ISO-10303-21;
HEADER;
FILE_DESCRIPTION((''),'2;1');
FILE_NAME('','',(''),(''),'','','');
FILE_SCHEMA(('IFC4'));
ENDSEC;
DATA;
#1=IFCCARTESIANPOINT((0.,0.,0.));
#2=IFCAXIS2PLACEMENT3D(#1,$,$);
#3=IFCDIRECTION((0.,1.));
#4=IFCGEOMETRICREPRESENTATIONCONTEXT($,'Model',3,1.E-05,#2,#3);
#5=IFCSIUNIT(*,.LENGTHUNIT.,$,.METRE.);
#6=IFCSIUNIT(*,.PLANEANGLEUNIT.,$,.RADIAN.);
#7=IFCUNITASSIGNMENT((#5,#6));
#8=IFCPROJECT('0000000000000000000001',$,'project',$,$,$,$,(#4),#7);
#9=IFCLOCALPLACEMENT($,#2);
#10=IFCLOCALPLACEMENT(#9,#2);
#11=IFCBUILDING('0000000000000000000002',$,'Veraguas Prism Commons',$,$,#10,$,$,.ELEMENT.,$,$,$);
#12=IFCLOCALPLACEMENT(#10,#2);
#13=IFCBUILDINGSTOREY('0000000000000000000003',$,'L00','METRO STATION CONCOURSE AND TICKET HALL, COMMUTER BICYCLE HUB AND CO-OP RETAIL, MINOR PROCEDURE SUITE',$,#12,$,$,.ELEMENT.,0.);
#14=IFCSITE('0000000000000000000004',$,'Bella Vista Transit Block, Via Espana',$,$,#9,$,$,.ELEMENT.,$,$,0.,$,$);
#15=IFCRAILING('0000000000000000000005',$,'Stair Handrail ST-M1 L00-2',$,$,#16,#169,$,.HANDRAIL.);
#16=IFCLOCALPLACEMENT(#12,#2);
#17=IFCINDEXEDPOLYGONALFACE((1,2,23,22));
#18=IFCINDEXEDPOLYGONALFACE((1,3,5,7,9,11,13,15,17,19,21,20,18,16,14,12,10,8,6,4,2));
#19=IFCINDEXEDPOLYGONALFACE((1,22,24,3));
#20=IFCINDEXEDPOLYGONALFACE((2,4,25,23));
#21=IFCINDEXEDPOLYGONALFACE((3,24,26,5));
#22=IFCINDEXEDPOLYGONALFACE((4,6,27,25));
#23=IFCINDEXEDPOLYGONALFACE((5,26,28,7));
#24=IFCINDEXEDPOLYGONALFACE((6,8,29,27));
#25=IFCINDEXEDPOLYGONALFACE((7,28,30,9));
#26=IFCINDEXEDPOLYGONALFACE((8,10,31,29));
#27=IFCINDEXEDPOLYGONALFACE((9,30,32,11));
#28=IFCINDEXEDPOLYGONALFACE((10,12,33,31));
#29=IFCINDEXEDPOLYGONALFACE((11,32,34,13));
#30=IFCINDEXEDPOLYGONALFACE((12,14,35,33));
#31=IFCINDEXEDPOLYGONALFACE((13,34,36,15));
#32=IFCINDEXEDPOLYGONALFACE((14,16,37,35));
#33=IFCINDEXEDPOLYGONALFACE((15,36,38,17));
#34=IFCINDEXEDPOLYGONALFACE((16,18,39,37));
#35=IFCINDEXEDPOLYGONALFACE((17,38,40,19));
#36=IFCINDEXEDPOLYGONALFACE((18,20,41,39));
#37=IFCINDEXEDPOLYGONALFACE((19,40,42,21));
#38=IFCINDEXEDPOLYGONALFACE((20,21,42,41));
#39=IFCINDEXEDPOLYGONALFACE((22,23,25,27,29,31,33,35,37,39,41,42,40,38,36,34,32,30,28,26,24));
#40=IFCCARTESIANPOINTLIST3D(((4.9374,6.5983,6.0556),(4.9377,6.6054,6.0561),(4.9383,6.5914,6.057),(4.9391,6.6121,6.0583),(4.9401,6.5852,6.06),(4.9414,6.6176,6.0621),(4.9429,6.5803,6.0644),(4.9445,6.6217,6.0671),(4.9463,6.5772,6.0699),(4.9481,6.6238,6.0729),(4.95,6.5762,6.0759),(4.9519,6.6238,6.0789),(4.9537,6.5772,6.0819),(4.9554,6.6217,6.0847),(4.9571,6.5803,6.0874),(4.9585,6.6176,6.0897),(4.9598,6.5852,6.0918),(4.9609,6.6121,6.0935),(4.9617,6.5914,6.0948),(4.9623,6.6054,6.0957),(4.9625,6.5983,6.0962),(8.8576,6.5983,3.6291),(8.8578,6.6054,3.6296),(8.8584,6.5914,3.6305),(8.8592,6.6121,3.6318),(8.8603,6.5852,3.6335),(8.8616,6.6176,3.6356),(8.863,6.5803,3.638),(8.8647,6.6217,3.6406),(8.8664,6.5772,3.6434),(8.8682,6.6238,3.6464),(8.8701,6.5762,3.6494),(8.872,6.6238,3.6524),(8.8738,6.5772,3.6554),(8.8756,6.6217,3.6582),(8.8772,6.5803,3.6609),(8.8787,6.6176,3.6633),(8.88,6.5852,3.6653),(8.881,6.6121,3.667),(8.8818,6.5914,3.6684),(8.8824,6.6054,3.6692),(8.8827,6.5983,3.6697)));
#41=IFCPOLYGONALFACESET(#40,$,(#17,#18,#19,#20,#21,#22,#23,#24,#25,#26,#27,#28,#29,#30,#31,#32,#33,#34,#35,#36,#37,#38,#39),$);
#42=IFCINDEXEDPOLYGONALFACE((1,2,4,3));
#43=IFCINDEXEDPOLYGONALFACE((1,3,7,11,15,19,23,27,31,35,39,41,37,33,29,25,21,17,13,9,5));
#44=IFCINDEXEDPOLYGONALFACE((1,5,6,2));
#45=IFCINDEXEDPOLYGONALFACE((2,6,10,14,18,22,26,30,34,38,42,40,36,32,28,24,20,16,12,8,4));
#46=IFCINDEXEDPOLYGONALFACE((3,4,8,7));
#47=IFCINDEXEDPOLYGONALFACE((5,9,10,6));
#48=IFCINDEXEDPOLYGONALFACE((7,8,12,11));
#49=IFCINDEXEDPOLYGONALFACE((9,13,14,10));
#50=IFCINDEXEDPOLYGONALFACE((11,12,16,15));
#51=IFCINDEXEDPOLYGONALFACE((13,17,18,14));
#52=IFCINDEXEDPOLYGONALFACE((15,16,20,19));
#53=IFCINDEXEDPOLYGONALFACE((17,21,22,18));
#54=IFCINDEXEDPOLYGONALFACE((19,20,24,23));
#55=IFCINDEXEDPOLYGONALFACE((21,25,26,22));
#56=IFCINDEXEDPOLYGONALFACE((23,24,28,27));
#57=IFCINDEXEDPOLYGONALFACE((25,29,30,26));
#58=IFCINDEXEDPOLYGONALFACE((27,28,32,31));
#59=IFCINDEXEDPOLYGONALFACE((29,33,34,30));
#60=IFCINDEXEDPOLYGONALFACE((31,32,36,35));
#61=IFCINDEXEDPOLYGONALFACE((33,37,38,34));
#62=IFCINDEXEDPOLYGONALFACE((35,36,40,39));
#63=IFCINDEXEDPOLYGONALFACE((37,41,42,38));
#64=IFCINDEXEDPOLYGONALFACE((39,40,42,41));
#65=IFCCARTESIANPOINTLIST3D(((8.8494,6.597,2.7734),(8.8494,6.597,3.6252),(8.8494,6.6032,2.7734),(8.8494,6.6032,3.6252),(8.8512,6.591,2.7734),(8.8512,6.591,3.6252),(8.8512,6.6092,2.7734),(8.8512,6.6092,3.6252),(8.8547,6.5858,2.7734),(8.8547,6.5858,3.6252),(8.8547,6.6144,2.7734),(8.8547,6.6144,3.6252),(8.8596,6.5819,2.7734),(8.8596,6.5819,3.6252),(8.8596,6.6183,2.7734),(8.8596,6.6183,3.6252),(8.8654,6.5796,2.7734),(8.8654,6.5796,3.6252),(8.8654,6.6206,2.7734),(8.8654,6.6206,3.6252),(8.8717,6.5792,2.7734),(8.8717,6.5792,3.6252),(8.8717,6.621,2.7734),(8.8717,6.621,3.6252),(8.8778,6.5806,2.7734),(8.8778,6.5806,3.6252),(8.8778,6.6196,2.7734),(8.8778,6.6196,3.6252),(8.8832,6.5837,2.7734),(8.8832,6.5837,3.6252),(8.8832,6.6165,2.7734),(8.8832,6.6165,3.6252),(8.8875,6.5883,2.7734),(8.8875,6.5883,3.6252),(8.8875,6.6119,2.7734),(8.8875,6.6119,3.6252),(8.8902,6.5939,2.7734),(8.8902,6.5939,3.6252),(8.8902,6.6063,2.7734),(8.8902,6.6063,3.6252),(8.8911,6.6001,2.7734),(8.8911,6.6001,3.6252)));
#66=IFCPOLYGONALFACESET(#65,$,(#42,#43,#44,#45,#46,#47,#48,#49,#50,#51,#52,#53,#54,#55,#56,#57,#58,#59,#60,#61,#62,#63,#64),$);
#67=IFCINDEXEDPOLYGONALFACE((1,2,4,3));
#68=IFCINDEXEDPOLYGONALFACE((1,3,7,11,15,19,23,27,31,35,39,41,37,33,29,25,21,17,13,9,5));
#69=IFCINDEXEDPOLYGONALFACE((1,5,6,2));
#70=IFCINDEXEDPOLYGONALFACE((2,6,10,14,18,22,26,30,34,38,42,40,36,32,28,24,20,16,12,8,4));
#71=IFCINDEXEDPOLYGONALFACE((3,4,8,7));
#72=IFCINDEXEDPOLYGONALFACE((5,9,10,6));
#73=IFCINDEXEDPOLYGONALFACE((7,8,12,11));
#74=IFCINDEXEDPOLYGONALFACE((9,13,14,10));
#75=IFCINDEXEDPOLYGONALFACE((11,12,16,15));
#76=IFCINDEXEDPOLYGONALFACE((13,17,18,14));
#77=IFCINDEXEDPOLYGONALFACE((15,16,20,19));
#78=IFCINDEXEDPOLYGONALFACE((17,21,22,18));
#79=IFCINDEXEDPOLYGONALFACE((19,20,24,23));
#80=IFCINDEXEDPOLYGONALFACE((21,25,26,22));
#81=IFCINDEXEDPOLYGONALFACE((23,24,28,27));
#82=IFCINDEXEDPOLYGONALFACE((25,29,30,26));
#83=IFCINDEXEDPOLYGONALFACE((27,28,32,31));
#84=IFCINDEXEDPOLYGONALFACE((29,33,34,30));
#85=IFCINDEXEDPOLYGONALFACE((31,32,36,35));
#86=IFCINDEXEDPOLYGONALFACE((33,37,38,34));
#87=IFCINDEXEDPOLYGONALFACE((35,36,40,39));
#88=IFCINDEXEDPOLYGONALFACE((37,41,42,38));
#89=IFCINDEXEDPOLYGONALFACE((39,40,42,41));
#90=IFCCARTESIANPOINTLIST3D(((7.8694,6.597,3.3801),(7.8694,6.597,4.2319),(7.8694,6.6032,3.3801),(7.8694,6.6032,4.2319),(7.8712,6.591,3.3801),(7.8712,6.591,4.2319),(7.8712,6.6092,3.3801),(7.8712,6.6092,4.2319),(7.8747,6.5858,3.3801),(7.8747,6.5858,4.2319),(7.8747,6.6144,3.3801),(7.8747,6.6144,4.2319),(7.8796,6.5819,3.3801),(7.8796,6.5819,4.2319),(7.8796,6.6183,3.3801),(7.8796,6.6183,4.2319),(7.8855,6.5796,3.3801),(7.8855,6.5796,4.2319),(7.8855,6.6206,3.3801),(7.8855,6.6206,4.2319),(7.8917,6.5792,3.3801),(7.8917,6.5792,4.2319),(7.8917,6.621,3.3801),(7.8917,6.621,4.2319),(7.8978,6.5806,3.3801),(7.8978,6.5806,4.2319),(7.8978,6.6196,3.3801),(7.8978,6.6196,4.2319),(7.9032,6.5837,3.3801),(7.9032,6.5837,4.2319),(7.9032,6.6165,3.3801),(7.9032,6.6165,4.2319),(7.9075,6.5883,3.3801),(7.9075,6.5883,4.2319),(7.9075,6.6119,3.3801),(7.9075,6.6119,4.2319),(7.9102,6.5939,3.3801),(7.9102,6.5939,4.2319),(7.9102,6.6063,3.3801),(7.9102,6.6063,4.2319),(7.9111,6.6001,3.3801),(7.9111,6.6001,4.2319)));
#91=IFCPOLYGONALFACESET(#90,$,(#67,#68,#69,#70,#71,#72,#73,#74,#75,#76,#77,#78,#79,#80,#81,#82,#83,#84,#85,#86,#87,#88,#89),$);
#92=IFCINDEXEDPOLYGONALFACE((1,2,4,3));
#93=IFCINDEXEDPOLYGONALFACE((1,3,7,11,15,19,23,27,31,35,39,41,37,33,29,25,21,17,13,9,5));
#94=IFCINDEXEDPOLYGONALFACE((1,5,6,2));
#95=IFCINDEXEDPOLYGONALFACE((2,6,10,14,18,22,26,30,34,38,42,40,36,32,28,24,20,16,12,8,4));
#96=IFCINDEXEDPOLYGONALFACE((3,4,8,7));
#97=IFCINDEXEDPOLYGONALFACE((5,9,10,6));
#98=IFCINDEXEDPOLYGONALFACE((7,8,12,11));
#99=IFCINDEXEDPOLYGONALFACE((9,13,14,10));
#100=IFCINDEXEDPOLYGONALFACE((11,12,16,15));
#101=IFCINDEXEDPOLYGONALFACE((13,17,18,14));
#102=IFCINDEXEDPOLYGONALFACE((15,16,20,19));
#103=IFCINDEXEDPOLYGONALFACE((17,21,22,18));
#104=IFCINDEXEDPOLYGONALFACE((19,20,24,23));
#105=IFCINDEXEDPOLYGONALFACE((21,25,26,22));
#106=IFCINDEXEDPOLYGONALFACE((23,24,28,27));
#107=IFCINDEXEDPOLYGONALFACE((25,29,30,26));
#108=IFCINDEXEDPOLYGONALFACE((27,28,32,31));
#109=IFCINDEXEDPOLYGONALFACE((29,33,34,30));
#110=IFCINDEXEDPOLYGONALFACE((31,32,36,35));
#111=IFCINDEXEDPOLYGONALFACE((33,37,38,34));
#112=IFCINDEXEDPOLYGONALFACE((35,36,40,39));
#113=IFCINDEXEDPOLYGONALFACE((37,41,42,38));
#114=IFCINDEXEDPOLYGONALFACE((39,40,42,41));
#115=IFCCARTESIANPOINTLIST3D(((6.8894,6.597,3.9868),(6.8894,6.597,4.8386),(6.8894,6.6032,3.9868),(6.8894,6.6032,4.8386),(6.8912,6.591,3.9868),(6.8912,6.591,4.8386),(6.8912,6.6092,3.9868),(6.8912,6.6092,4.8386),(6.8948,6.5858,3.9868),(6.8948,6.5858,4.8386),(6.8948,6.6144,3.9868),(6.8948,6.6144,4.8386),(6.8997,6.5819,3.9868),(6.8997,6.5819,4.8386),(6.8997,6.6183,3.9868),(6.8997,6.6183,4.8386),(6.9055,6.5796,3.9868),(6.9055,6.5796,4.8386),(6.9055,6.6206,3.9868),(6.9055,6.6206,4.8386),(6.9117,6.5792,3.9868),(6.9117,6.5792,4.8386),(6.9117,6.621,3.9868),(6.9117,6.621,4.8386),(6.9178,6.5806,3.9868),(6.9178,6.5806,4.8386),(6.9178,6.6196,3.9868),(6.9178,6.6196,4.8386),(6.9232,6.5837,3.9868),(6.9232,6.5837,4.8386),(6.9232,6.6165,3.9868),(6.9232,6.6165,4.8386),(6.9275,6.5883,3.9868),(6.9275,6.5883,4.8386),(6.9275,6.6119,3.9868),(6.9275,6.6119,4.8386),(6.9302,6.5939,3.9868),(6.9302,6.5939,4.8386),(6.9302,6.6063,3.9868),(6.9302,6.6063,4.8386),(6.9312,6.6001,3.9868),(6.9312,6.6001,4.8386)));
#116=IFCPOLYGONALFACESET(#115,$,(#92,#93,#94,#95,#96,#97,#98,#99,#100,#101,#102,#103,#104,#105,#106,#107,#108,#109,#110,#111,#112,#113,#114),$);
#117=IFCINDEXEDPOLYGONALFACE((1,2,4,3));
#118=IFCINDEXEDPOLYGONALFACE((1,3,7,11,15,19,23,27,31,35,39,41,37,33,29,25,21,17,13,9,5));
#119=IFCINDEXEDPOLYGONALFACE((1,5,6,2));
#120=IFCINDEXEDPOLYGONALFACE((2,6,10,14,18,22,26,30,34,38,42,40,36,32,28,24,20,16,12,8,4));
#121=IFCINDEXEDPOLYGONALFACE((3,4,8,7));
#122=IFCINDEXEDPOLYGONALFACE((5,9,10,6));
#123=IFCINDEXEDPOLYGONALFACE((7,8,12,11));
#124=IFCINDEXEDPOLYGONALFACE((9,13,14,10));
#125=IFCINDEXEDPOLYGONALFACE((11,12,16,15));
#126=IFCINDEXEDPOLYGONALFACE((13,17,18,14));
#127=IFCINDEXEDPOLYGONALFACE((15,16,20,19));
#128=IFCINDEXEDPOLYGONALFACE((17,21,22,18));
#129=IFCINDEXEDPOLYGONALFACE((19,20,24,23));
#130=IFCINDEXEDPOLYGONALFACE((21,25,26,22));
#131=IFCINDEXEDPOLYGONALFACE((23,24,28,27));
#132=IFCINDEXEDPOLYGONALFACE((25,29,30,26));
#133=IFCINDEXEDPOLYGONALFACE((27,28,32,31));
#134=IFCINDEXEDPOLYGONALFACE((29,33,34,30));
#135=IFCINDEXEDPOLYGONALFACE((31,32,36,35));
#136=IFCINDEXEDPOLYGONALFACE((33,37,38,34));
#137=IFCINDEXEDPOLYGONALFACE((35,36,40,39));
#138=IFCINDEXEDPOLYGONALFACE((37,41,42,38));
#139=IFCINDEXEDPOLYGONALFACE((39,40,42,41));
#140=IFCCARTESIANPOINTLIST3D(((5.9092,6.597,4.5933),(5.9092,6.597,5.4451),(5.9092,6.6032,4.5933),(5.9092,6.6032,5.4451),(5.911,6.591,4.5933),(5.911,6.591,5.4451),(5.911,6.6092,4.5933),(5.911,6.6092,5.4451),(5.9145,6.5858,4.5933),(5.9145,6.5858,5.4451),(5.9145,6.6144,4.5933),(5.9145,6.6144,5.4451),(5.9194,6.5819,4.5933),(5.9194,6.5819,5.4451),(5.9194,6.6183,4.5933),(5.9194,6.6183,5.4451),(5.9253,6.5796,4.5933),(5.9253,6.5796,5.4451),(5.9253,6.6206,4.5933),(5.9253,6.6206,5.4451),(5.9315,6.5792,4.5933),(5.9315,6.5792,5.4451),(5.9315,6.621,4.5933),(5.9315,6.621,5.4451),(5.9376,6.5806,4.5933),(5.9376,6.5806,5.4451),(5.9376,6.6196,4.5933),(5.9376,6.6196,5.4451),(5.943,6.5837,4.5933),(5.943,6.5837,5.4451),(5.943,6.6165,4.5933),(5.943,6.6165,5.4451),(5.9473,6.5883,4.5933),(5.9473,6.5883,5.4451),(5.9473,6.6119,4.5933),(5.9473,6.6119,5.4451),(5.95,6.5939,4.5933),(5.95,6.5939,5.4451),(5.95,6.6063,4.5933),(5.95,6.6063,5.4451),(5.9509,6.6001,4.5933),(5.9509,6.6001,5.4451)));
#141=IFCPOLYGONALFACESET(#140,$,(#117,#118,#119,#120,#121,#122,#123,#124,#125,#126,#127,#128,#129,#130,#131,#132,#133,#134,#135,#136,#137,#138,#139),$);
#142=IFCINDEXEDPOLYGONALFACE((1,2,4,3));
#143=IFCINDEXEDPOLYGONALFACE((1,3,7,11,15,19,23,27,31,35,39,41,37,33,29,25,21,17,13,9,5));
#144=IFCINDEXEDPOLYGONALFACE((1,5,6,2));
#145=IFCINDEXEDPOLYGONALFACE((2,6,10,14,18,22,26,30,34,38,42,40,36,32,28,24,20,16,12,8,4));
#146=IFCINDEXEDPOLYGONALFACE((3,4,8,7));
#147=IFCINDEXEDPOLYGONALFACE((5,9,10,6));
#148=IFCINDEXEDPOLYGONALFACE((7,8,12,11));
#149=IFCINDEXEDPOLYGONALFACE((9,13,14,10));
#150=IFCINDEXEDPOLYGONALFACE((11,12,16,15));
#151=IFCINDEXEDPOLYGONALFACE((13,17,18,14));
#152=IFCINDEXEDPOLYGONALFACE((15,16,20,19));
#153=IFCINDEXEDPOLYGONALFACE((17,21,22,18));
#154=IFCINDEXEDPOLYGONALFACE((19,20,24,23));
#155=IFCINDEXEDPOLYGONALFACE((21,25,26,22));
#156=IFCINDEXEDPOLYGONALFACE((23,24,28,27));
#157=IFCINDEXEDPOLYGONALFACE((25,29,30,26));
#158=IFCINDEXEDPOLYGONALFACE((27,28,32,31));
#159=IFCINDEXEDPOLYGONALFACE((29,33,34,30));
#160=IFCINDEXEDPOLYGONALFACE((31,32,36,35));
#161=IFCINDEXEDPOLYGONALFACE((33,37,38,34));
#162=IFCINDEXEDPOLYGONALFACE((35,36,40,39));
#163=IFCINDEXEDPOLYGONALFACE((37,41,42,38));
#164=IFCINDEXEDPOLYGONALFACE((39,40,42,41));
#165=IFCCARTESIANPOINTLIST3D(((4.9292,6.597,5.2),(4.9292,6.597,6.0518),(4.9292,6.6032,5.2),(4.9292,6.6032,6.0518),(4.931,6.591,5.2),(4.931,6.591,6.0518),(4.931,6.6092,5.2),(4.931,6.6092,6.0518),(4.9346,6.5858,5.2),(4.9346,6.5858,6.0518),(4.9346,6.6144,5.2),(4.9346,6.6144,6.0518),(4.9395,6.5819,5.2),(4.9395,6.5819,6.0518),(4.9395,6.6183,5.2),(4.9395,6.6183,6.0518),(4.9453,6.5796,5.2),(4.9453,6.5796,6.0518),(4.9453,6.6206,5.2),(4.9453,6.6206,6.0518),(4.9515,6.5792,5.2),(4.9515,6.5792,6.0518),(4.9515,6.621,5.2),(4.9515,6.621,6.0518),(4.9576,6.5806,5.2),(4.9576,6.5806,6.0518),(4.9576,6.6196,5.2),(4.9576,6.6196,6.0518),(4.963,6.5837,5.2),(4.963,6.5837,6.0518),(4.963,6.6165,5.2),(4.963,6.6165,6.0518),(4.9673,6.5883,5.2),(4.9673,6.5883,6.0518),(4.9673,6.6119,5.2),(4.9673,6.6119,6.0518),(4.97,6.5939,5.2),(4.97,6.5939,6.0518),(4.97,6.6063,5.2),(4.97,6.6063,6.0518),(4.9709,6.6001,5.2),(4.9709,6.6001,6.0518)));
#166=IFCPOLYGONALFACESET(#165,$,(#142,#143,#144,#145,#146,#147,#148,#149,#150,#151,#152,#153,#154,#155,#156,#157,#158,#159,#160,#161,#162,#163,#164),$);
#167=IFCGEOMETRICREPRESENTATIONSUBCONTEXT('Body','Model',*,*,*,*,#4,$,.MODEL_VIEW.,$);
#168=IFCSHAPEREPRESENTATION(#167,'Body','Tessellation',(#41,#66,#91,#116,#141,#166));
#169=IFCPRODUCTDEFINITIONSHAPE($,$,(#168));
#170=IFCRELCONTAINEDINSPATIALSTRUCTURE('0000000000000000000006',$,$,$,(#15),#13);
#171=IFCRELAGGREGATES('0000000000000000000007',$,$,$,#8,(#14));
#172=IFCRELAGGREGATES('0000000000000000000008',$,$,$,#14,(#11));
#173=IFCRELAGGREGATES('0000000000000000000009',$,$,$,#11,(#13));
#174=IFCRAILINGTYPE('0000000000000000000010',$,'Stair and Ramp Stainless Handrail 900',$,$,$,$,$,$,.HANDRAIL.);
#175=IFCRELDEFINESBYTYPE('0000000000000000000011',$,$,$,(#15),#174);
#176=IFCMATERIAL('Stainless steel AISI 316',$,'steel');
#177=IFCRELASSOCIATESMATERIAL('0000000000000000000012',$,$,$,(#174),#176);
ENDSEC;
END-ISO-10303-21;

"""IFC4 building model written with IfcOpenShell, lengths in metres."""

from ifc_helpers import new_model, si_unit, direction, frame, origin, origin_2d, place, context, subcontext, project, spatial, circle, extrude, material, type_object, element, save


model = new_model("IFC4")

# Units and contexts
model_context = context("Model", 3, precision=1e-05, world=origin(), true_north=direction((0.0, 1.0)))
body_context = subcontext(model_context, "Body", "Model", "MODEL_VIEW")
ifc_project = project(units=[si_unit("LENGTHUNIT", "METRE"), si_unit("PLANEANGLEUNIT", "RADIAN")], contexts=[model_context])

# Site, building, storey
site_placement = place(None, origin())
site = spatial("IfcSite", under=ifc_project, at=site_placement, Name="Bella Vista Transit Block, Via Espana", CompositionType="ELEMENT", RefElevation=0.0)
building_placement = place(site_placement, origin())
building = spatial("IfcBuilding", under=site, at=building_placement, Name="Veraguas Prism Commons", CompositionType="ELEMENT")
storey_placement = place(building_placement, origin())
storey = spatial("IfcBuildingStorey", under=building, at=storey_placement, Name="L00", Description="METRO STATION CONCOURSE AND TICKET HALL, COMMUTER BICYCLE HUB AND CO-OP RETAIL, MINOR PROCEDURE SUITE", CompositionType="ELEMENT", Elevation=0.0)

# Railing
ifc_material_1 = material(Name="Stainless steel AISI 316", Category="steel")
railing_type_1 = type_object("IfcRailingType", Name="Stair and Ramp Stainless Handrail 900", PredefinedType="HANDRAIL", material=ifc_material_1)
railing_1_placement = place(storey_placement, frame((8.8701, 6.6001, 2.7734)))
element("IfcRailing", 1, at=railing_1_placement, inside=storey, type_object=railing_type_1, Name="Stair Handrail ST-M1 L00-2", PredefinedType="HANDRAIL", context=body_context, shape_type="SweptSolid", body=[
    extrude(circle(Radius=0.0239, at=origin_2d()), frame((0.0, 0.0, 0.876), z_axis=(-0.85029, 0.0, 0.526315), x_axis=(0.0, -1.0, 0.0)), (0.0, 0.0, 1.0), 4.6104),
    extrude(circle(Radius=0.021, at=origin_2d()), origin(), (0.0, 0.0, 1.0), 0.8518),
    extrude(circle(Radius=0.021, at=origin_2d()), frame((-0.98, 0.0, 0.6067)), (0.0, 0.0, 1.0), 0.8518),
    extrude(circle(Radius=0.021, at=origin_2d()), frame((-1.96, 0.0, 1.2134)), (0.0, 0.0, 1.0), 0.8518),
    extrude(circle(Radius=0.021, at=origin_2d()), frame((-2.9402, 0.0, 1.8198)), (0.0, 0.0, 1.0), 0.8518),
    extrude(circle(Radius=0.021, at=origin_2d()), frame((-3.9202, 0.0, 2.4265)), (0.0, 0.0, 1.0), 0.8518),
])

save(model, "model.ifc")
